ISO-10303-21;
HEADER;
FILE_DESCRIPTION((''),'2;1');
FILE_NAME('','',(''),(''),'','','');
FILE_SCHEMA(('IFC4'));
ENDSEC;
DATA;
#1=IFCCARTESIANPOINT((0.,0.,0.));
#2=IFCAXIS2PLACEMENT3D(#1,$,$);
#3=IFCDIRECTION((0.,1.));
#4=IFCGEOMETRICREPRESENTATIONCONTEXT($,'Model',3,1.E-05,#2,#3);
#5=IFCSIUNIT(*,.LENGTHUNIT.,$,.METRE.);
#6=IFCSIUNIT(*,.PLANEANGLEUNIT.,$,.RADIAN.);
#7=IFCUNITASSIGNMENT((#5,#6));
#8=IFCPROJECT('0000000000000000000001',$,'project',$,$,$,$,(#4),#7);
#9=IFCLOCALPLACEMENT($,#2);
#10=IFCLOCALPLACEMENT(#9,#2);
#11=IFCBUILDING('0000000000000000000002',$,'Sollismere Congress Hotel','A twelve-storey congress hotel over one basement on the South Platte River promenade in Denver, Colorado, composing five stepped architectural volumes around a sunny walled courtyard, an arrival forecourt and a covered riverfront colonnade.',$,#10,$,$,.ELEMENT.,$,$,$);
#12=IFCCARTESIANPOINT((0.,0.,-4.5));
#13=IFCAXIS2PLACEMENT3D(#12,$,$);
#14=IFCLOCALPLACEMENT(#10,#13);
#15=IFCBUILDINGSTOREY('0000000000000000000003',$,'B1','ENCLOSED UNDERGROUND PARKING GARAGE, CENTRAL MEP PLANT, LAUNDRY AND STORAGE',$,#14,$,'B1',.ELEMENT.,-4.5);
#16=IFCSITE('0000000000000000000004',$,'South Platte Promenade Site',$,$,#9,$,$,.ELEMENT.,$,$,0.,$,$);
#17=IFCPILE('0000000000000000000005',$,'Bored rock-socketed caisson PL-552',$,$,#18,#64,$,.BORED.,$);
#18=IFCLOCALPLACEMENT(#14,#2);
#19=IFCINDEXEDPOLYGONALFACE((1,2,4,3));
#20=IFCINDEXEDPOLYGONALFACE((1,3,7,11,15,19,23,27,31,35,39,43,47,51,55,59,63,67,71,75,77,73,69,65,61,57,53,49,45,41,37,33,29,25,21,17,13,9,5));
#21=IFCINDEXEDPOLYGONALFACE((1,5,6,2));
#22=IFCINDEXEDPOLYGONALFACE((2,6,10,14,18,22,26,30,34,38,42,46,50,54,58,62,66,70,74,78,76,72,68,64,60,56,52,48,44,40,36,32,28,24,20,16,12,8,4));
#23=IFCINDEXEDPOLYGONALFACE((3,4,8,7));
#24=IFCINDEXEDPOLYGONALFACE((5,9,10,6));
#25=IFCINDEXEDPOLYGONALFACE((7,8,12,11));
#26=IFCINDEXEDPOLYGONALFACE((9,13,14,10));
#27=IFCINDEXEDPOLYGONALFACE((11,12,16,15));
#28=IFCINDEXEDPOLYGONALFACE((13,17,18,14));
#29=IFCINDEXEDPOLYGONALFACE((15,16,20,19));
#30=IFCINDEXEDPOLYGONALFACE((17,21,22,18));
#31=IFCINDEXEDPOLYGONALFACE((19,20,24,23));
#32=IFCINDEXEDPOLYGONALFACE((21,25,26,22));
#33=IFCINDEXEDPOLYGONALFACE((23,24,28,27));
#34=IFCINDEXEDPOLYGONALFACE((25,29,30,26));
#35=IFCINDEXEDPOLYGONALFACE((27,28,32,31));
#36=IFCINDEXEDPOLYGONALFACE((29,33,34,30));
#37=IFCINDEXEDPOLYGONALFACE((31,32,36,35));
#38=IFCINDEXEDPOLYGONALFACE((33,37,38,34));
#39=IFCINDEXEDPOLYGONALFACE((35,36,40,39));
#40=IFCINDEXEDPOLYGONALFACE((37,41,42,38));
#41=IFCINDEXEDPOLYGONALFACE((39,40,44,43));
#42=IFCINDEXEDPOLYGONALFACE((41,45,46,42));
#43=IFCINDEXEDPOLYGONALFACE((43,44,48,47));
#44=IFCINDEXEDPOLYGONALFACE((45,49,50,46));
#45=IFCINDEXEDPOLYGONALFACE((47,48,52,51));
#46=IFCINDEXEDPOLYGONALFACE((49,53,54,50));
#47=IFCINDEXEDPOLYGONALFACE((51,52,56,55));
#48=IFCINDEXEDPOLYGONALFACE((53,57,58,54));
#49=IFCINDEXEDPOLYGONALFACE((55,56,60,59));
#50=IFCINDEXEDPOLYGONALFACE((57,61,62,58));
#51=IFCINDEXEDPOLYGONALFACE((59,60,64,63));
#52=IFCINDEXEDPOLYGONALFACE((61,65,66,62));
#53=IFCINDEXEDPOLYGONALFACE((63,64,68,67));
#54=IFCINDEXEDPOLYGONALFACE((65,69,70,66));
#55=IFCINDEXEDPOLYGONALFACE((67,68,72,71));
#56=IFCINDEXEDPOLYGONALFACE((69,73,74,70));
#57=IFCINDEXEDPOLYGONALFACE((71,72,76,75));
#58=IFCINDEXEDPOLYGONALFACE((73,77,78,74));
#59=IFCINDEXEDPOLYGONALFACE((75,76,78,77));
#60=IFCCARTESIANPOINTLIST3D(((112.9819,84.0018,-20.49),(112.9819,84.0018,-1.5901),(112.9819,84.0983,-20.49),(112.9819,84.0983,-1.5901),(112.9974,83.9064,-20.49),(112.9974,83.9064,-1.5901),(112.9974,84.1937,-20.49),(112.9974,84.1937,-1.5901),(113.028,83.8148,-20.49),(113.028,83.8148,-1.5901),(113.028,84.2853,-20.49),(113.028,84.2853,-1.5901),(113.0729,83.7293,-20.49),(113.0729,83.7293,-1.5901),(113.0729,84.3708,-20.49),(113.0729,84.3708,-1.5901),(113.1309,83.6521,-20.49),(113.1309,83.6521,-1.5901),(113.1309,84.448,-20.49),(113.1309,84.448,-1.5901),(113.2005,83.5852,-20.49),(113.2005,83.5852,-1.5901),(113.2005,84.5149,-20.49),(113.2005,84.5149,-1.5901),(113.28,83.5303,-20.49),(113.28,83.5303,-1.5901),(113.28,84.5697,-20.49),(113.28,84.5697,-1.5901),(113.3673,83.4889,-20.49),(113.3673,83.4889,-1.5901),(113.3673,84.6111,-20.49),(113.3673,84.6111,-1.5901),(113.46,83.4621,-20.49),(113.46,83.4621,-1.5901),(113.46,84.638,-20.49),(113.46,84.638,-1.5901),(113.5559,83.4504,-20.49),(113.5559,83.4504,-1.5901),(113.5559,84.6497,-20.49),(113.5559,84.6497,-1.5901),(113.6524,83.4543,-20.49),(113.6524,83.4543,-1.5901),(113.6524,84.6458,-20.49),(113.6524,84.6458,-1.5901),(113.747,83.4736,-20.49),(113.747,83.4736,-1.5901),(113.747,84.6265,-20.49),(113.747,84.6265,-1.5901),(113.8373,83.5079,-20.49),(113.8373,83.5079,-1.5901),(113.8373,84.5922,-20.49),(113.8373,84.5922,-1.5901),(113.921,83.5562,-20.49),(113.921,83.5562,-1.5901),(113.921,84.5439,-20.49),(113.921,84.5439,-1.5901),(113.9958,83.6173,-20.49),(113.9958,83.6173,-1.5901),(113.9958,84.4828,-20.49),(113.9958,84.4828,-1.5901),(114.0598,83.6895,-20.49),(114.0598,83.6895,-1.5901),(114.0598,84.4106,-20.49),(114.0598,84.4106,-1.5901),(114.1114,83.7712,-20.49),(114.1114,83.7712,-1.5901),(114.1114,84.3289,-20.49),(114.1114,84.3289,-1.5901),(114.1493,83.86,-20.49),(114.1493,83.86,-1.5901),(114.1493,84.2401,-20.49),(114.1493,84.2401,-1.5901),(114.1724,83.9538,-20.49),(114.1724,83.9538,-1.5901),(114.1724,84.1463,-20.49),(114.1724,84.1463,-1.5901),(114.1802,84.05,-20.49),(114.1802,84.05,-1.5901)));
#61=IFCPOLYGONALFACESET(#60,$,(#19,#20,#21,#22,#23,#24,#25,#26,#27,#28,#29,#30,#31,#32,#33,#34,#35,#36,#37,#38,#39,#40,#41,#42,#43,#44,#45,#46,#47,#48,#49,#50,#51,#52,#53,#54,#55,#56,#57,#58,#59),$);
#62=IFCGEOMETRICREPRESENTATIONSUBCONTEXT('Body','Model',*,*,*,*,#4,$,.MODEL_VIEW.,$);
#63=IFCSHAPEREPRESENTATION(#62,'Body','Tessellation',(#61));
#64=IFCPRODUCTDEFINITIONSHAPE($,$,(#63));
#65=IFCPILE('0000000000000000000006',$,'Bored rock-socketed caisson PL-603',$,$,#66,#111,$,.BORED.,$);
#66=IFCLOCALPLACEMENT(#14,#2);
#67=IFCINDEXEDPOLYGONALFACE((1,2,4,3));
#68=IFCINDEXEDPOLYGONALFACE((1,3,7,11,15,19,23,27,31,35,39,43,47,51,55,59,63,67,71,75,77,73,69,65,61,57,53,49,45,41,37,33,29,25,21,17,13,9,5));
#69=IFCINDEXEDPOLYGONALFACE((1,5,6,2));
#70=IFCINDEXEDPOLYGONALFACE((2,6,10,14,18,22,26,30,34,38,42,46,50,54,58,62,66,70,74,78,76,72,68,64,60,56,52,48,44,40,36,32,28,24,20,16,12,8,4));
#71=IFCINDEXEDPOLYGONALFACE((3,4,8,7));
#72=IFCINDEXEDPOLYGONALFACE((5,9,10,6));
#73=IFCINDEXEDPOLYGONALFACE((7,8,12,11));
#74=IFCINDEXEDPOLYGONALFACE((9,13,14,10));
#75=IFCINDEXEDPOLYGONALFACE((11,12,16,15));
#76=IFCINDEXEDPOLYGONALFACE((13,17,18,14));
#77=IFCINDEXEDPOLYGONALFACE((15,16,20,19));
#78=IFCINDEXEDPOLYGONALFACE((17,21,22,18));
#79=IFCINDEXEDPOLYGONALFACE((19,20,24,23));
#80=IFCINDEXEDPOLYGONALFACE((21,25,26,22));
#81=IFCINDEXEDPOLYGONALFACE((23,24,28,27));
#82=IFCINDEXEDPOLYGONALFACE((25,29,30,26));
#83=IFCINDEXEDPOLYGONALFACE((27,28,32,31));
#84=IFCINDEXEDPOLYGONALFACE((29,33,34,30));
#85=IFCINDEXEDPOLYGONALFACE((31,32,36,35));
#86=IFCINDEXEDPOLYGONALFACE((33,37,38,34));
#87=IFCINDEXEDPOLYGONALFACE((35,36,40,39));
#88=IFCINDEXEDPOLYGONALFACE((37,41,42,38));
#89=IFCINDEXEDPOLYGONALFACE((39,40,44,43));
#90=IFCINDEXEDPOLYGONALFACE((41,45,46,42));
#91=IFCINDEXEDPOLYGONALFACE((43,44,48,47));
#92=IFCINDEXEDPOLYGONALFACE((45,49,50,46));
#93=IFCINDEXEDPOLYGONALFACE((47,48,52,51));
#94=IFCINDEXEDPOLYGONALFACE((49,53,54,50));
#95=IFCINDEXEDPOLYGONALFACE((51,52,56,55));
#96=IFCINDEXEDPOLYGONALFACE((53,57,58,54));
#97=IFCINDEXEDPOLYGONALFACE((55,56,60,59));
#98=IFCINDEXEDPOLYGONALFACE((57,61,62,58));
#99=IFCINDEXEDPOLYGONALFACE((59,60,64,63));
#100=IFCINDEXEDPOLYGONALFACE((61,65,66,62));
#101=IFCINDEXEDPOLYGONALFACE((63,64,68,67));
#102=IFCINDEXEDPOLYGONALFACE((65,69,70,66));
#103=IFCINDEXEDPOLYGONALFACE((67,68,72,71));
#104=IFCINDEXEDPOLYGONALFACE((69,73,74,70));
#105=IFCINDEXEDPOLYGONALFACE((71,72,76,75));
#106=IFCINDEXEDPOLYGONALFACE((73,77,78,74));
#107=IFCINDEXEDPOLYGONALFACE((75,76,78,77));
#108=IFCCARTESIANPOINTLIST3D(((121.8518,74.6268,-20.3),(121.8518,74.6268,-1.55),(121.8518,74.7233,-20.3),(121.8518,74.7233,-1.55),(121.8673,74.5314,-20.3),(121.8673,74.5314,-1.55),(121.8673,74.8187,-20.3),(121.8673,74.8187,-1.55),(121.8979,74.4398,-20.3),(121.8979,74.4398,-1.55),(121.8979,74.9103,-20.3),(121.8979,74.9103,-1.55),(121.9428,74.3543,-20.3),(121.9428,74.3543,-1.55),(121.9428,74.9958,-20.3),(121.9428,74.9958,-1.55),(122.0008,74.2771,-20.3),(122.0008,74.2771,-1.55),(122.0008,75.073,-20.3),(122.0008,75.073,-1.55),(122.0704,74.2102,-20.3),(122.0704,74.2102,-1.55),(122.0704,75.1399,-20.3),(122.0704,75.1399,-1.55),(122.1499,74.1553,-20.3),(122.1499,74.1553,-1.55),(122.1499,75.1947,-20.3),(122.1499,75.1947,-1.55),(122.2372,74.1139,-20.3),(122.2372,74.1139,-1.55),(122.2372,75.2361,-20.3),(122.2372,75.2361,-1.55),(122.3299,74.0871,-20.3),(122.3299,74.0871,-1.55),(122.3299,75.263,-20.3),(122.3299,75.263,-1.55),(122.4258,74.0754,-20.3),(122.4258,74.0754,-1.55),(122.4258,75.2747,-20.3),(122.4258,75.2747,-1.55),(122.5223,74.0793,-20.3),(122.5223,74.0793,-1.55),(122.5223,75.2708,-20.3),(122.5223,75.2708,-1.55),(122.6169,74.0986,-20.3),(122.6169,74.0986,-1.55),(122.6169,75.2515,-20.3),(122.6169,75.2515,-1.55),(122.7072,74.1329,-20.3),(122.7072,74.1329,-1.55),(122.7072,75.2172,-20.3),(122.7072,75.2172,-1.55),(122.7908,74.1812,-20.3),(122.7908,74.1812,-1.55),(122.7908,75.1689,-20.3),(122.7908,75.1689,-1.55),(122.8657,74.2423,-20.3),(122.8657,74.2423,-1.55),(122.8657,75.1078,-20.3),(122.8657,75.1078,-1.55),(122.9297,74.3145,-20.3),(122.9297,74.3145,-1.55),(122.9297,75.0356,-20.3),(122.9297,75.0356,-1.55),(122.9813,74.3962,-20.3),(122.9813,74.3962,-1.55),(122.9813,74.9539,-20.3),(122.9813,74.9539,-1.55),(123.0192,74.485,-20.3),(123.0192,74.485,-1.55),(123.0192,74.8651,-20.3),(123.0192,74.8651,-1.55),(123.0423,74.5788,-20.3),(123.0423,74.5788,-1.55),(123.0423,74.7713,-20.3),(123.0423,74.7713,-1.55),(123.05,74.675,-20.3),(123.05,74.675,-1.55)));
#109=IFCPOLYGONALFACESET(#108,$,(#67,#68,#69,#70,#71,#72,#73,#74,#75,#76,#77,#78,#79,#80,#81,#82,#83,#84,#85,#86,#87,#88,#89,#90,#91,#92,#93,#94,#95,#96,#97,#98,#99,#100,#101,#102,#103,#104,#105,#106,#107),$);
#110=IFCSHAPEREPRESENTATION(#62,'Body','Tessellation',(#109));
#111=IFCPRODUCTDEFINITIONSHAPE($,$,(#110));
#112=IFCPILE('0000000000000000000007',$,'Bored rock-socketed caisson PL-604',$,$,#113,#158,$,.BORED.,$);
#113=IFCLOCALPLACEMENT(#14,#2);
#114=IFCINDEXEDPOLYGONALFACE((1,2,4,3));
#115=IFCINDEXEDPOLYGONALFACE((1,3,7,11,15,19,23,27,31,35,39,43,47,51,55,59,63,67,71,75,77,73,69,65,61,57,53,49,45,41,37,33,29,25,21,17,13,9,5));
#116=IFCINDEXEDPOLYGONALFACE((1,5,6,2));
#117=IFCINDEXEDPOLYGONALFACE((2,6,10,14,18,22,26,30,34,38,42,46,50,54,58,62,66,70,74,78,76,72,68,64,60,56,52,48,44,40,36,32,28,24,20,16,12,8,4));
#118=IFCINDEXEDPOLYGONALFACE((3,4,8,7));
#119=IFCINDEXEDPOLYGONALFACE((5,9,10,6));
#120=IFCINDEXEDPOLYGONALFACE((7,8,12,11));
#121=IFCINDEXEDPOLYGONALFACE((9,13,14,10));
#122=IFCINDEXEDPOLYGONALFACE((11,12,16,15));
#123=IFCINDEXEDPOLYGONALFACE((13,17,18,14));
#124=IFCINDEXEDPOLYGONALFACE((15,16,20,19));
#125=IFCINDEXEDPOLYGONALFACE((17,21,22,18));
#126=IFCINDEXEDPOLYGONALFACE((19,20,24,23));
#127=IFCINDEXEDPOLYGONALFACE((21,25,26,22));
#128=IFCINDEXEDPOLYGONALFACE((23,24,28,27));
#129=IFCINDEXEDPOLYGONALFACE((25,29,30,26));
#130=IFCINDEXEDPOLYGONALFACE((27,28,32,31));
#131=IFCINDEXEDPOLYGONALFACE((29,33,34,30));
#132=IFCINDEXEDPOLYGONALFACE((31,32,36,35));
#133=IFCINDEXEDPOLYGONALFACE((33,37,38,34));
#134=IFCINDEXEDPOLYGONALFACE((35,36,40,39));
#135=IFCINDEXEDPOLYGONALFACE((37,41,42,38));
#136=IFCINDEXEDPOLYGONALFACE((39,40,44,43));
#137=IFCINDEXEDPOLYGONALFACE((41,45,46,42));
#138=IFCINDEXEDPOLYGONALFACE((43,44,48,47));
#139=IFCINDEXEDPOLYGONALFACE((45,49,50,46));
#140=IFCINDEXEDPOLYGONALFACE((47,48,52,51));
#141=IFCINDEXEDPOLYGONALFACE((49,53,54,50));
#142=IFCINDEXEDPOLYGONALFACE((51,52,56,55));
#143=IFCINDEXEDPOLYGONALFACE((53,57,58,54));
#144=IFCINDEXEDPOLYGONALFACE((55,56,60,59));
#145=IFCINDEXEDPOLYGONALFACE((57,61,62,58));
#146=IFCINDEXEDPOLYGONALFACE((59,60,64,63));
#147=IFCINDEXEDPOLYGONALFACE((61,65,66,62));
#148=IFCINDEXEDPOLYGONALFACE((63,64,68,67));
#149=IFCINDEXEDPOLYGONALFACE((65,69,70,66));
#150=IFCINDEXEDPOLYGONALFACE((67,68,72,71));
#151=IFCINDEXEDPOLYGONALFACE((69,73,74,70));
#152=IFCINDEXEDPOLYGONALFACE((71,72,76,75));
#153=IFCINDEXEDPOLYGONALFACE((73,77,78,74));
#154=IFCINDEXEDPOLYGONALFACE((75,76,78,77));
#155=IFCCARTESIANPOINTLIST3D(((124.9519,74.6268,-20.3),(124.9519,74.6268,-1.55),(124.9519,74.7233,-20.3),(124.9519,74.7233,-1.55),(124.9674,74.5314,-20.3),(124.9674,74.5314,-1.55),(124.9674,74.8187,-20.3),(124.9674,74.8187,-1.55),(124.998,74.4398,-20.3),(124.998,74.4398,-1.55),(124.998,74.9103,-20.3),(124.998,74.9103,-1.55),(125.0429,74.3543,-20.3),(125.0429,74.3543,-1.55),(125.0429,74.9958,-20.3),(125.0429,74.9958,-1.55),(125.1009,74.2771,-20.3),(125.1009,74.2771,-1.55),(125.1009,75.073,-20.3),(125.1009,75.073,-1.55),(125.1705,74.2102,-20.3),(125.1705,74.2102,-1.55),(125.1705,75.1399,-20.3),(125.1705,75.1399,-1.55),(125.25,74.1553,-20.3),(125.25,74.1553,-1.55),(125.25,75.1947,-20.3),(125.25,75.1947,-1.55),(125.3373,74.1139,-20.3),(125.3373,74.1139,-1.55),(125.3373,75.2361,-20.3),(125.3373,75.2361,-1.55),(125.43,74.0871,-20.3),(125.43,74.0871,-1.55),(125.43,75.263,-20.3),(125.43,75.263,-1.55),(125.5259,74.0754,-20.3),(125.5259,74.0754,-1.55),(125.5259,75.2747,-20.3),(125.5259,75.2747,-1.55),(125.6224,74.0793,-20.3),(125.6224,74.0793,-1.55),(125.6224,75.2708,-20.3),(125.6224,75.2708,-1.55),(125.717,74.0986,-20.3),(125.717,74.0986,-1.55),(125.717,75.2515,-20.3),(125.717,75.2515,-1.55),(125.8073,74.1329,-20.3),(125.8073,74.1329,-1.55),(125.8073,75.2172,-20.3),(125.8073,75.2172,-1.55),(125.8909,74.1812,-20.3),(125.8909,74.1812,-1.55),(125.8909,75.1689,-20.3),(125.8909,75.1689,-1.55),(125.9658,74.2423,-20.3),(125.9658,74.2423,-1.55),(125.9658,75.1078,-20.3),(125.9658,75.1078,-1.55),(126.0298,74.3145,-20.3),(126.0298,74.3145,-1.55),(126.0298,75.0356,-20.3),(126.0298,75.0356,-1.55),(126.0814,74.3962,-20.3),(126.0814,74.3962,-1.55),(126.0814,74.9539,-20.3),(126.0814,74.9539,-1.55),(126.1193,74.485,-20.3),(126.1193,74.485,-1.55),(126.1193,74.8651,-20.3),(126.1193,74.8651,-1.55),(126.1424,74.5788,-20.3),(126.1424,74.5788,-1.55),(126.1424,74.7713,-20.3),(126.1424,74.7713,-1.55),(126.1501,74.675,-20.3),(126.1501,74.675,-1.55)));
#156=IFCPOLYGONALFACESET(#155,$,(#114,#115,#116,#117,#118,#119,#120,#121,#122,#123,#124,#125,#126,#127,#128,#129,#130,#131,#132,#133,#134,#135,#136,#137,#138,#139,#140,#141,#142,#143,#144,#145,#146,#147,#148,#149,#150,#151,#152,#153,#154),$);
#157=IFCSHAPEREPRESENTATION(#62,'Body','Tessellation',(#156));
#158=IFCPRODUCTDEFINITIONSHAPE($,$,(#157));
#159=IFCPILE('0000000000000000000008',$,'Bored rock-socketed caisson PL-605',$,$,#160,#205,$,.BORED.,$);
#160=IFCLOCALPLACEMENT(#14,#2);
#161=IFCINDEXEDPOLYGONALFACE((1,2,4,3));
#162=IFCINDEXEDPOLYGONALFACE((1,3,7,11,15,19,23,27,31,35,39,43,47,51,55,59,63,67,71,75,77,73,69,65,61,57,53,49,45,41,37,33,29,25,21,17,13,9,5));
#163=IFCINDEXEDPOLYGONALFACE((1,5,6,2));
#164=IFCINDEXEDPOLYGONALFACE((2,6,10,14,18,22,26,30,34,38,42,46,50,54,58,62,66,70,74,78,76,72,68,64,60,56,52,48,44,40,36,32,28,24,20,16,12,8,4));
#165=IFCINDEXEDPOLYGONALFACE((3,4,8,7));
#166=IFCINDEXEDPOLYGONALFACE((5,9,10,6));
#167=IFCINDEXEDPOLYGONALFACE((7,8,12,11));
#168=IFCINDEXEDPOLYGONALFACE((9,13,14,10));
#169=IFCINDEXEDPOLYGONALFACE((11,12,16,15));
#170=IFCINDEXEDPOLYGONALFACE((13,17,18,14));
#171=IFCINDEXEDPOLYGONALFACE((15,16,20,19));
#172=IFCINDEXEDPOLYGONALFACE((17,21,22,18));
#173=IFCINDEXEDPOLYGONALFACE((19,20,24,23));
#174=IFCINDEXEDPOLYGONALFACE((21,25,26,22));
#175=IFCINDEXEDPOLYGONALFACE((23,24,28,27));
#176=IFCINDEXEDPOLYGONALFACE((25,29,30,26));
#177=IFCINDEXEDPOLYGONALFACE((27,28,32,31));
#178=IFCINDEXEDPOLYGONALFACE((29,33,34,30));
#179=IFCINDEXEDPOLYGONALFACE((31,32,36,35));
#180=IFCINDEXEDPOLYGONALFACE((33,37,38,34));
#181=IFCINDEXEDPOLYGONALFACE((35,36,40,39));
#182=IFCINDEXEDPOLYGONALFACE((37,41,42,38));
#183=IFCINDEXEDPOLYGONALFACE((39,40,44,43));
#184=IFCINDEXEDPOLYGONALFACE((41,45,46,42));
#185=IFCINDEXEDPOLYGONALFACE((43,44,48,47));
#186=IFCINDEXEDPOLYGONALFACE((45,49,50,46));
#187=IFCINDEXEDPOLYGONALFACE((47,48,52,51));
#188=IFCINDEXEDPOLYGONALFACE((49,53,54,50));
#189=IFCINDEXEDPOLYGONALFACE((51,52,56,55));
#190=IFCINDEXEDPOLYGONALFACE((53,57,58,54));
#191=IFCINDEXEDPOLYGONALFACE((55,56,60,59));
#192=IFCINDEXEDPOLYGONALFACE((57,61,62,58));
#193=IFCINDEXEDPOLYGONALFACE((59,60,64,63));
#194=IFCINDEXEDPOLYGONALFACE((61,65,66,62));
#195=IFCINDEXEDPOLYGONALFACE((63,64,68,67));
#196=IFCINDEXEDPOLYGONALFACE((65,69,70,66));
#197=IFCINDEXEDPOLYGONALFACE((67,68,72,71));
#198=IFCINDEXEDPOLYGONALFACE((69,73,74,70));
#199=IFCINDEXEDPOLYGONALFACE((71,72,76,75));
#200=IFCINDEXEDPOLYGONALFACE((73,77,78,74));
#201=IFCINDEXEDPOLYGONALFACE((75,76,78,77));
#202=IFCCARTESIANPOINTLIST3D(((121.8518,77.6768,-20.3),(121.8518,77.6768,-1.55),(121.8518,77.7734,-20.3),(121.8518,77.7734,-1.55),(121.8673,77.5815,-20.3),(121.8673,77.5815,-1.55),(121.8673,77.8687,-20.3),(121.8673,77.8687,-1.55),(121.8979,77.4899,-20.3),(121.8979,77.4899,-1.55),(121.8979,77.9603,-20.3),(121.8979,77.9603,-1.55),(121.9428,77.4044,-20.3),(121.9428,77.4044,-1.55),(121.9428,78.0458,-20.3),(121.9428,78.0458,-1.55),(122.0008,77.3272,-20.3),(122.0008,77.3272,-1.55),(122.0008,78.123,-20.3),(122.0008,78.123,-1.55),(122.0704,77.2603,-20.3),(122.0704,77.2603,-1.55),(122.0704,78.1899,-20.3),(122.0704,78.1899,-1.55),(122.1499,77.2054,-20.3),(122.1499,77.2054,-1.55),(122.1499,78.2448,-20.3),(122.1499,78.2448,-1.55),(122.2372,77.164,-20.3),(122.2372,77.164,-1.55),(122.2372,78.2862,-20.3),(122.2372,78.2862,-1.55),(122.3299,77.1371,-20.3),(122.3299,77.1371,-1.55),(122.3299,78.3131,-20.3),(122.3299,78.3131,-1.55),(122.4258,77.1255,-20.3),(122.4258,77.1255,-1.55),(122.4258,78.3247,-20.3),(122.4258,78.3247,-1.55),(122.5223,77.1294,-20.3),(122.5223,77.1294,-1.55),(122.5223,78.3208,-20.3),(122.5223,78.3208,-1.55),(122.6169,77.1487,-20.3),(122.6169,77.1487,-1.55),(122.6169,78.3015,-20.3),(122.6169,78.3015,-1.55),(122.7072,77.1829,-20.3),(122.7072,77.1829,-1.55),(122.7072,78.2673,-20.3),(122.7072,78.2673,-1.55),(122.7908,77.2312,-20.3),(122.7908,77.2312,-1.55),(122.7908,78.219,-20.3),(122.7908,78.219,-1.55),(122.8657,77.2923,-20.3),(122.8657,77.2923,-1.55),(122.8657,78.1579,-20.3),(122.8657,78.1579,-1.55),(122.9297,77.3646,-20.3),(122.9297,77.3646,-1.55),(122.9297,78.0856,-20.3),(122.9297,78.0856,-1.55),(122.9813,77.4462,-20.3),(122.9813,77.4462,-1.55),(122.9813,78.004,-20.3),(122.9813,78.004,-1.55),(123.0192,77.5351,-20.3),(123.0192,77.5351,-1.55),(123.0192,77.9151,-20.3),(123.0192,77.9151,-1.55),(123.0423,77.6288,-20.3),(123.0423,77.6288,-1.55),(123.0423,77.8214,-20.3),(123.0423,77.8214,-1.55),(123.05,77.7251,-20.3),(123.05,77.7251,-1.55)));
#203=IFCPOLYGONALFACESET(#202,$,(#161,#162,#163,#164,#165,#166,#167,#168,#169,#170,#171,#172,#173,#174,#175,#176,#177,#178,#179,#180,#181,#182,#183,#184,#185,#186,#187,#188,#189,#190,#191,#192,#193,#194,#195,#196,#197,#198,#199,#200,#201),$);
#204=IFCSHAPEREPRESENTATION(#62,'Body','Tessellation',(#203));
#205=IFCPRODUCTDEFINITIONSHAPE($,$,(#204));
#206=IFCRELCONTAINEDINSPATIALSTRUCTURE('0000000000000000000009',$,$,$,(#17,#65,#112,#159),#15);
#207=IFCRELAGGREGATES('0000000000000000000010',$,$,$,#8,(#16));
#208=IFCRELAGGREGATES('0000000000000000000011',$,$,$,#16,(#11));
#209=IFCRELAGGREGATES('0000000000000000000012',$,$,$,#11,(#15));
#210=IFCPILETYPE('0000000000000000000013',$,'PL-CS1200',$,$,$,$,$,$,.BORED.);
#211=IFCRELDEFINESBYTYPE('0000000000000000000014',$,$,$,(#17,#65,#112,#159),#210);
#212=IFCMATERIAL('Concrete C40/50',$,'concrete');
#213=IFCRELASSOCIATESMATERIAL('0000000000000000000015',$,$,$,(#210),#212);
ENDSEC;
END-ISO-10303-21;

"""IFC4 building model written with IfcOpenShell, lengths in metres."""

from ifc_helpers import new_model, si_unit, direction, frame, origin, origin_2d, place, context, subcontext, project, spatial, circle, extrude, material, material_profile, profile_set, type_object, element, save


model = new_model("IFC4")

# Units and contexts
model_context = context("Model", 3, precision=1e-05, world=origin(), true_north=direction((0.0, 1.0)))
body_context = subcontext(model_context, "Body", "Model", "MODEL_VIEW")
ifc_project = project(units=[si_unit("LENGTHUNIT", "METRE"), si_unit("PLANEANGLEUNIT", "RADIAN")], contexts=[model_context])

# Site, building, storey
site_placement = place(None, origin())
site = spatial("IfcSite", under=ifc_project, at=site_placement, Name="South Platte Promenade Site", CompositionType="ELEMENT", RefElevation=0.0)
building_placement = place(site_placement, origin())
building = spatial("IfcBuilding", under=site, at=building_placement, Name="Sollismere Congress Hotel", Description="A twelve-storey congress hotel over one basement on the South Platte River promenade in Denver, Colorado, composing five stepped architectural volumes around a sunny walled courtyard, an arrival forecourt and a covered riverfront colonnade.", CompositionType="ELEMENT")
storey_placement = place(building_placement, frame((0.0, 0.0, -4.5)))
storey = spatial("IfcBuildingStorey", under=building, at=storey_placement, Name="B1", Description="ENCLOSED UNDERGROUND PARKING GARAGE, CENTRAL MEP PLANT, LAUNDRY AND STORAGE", LongName="B1", CompositionType="ELEMENT", Elevation=-4.5)

# Shared definitions
ifc_material_1 = material(Name="Concrete C40/50", Category="concrete")

# Piles
ifc_material_profile_1 = material_profile(ifc_material_1, circle(Radius=0.6001, at=origin_2d()), Name="CAISSON1200")
ifc_profile_set_1 = profile_set([ifc_material_profile_1], Name="Concrete C40/50")
pile_type = type_object("IfcPileType", Name="PL-CS1200", PredefinedType="BORED", material=ifc_profile_set_1)
pile_1_placement = place(storey_placement, frame((113.5801, 84.05, -1.5901), z_axis=(0.0, 0.0, -1.0), x_axis=(1.0, 0.0, 0.0)))
element("IfcPile", 1, at=pile_1_placement, inside=storey, type_object=pile_type, Name="Bored rock-socketed caisson PL-552", PredefinedType="BORED", context=body_context, shape_type="SweptSolid", body=[
    extrude(circle(Radius=0.6001, at=origin_2d()), origin(), (0.0, 0.0, 1.0), 18.8999),
])
for number, where, z_axis, x_axis, name in (
    (2, (122.45, 74.675, -1.55), (0.0, 0.0, -1.0), (1.0, 0.0, 0.0), "Bored rock-socketed caisson PL-603"),
    (3, (125.55, 74.675, -1.55), (0.0, 0.0, -1.0), (1.0, 0.0, 0.0), "Bored rock-socketed caisson PL-604"),
    (4, (122.45, 77.7251, -1.55), (0.0, 0.0, -1.0), (1.0, 0.0, 0.0), "Bored rock-socketed caisson PL-605"),
):
    element("IfcPile", number, at=place(storey_placement, frame(where, z_axis=z_axis, x_axis=x_axis)), inside=storey, type_object=pile_type, Name=name, PredefinedType="BORED", context=body_context, shape_type="SweptSolid", body=[
        extrude(circle(Radius=0.6001, at=origin_2d()), origin(), (0.0, 0.0, 1.0), 18.75),
    ])

save(model, "model.ifc")
